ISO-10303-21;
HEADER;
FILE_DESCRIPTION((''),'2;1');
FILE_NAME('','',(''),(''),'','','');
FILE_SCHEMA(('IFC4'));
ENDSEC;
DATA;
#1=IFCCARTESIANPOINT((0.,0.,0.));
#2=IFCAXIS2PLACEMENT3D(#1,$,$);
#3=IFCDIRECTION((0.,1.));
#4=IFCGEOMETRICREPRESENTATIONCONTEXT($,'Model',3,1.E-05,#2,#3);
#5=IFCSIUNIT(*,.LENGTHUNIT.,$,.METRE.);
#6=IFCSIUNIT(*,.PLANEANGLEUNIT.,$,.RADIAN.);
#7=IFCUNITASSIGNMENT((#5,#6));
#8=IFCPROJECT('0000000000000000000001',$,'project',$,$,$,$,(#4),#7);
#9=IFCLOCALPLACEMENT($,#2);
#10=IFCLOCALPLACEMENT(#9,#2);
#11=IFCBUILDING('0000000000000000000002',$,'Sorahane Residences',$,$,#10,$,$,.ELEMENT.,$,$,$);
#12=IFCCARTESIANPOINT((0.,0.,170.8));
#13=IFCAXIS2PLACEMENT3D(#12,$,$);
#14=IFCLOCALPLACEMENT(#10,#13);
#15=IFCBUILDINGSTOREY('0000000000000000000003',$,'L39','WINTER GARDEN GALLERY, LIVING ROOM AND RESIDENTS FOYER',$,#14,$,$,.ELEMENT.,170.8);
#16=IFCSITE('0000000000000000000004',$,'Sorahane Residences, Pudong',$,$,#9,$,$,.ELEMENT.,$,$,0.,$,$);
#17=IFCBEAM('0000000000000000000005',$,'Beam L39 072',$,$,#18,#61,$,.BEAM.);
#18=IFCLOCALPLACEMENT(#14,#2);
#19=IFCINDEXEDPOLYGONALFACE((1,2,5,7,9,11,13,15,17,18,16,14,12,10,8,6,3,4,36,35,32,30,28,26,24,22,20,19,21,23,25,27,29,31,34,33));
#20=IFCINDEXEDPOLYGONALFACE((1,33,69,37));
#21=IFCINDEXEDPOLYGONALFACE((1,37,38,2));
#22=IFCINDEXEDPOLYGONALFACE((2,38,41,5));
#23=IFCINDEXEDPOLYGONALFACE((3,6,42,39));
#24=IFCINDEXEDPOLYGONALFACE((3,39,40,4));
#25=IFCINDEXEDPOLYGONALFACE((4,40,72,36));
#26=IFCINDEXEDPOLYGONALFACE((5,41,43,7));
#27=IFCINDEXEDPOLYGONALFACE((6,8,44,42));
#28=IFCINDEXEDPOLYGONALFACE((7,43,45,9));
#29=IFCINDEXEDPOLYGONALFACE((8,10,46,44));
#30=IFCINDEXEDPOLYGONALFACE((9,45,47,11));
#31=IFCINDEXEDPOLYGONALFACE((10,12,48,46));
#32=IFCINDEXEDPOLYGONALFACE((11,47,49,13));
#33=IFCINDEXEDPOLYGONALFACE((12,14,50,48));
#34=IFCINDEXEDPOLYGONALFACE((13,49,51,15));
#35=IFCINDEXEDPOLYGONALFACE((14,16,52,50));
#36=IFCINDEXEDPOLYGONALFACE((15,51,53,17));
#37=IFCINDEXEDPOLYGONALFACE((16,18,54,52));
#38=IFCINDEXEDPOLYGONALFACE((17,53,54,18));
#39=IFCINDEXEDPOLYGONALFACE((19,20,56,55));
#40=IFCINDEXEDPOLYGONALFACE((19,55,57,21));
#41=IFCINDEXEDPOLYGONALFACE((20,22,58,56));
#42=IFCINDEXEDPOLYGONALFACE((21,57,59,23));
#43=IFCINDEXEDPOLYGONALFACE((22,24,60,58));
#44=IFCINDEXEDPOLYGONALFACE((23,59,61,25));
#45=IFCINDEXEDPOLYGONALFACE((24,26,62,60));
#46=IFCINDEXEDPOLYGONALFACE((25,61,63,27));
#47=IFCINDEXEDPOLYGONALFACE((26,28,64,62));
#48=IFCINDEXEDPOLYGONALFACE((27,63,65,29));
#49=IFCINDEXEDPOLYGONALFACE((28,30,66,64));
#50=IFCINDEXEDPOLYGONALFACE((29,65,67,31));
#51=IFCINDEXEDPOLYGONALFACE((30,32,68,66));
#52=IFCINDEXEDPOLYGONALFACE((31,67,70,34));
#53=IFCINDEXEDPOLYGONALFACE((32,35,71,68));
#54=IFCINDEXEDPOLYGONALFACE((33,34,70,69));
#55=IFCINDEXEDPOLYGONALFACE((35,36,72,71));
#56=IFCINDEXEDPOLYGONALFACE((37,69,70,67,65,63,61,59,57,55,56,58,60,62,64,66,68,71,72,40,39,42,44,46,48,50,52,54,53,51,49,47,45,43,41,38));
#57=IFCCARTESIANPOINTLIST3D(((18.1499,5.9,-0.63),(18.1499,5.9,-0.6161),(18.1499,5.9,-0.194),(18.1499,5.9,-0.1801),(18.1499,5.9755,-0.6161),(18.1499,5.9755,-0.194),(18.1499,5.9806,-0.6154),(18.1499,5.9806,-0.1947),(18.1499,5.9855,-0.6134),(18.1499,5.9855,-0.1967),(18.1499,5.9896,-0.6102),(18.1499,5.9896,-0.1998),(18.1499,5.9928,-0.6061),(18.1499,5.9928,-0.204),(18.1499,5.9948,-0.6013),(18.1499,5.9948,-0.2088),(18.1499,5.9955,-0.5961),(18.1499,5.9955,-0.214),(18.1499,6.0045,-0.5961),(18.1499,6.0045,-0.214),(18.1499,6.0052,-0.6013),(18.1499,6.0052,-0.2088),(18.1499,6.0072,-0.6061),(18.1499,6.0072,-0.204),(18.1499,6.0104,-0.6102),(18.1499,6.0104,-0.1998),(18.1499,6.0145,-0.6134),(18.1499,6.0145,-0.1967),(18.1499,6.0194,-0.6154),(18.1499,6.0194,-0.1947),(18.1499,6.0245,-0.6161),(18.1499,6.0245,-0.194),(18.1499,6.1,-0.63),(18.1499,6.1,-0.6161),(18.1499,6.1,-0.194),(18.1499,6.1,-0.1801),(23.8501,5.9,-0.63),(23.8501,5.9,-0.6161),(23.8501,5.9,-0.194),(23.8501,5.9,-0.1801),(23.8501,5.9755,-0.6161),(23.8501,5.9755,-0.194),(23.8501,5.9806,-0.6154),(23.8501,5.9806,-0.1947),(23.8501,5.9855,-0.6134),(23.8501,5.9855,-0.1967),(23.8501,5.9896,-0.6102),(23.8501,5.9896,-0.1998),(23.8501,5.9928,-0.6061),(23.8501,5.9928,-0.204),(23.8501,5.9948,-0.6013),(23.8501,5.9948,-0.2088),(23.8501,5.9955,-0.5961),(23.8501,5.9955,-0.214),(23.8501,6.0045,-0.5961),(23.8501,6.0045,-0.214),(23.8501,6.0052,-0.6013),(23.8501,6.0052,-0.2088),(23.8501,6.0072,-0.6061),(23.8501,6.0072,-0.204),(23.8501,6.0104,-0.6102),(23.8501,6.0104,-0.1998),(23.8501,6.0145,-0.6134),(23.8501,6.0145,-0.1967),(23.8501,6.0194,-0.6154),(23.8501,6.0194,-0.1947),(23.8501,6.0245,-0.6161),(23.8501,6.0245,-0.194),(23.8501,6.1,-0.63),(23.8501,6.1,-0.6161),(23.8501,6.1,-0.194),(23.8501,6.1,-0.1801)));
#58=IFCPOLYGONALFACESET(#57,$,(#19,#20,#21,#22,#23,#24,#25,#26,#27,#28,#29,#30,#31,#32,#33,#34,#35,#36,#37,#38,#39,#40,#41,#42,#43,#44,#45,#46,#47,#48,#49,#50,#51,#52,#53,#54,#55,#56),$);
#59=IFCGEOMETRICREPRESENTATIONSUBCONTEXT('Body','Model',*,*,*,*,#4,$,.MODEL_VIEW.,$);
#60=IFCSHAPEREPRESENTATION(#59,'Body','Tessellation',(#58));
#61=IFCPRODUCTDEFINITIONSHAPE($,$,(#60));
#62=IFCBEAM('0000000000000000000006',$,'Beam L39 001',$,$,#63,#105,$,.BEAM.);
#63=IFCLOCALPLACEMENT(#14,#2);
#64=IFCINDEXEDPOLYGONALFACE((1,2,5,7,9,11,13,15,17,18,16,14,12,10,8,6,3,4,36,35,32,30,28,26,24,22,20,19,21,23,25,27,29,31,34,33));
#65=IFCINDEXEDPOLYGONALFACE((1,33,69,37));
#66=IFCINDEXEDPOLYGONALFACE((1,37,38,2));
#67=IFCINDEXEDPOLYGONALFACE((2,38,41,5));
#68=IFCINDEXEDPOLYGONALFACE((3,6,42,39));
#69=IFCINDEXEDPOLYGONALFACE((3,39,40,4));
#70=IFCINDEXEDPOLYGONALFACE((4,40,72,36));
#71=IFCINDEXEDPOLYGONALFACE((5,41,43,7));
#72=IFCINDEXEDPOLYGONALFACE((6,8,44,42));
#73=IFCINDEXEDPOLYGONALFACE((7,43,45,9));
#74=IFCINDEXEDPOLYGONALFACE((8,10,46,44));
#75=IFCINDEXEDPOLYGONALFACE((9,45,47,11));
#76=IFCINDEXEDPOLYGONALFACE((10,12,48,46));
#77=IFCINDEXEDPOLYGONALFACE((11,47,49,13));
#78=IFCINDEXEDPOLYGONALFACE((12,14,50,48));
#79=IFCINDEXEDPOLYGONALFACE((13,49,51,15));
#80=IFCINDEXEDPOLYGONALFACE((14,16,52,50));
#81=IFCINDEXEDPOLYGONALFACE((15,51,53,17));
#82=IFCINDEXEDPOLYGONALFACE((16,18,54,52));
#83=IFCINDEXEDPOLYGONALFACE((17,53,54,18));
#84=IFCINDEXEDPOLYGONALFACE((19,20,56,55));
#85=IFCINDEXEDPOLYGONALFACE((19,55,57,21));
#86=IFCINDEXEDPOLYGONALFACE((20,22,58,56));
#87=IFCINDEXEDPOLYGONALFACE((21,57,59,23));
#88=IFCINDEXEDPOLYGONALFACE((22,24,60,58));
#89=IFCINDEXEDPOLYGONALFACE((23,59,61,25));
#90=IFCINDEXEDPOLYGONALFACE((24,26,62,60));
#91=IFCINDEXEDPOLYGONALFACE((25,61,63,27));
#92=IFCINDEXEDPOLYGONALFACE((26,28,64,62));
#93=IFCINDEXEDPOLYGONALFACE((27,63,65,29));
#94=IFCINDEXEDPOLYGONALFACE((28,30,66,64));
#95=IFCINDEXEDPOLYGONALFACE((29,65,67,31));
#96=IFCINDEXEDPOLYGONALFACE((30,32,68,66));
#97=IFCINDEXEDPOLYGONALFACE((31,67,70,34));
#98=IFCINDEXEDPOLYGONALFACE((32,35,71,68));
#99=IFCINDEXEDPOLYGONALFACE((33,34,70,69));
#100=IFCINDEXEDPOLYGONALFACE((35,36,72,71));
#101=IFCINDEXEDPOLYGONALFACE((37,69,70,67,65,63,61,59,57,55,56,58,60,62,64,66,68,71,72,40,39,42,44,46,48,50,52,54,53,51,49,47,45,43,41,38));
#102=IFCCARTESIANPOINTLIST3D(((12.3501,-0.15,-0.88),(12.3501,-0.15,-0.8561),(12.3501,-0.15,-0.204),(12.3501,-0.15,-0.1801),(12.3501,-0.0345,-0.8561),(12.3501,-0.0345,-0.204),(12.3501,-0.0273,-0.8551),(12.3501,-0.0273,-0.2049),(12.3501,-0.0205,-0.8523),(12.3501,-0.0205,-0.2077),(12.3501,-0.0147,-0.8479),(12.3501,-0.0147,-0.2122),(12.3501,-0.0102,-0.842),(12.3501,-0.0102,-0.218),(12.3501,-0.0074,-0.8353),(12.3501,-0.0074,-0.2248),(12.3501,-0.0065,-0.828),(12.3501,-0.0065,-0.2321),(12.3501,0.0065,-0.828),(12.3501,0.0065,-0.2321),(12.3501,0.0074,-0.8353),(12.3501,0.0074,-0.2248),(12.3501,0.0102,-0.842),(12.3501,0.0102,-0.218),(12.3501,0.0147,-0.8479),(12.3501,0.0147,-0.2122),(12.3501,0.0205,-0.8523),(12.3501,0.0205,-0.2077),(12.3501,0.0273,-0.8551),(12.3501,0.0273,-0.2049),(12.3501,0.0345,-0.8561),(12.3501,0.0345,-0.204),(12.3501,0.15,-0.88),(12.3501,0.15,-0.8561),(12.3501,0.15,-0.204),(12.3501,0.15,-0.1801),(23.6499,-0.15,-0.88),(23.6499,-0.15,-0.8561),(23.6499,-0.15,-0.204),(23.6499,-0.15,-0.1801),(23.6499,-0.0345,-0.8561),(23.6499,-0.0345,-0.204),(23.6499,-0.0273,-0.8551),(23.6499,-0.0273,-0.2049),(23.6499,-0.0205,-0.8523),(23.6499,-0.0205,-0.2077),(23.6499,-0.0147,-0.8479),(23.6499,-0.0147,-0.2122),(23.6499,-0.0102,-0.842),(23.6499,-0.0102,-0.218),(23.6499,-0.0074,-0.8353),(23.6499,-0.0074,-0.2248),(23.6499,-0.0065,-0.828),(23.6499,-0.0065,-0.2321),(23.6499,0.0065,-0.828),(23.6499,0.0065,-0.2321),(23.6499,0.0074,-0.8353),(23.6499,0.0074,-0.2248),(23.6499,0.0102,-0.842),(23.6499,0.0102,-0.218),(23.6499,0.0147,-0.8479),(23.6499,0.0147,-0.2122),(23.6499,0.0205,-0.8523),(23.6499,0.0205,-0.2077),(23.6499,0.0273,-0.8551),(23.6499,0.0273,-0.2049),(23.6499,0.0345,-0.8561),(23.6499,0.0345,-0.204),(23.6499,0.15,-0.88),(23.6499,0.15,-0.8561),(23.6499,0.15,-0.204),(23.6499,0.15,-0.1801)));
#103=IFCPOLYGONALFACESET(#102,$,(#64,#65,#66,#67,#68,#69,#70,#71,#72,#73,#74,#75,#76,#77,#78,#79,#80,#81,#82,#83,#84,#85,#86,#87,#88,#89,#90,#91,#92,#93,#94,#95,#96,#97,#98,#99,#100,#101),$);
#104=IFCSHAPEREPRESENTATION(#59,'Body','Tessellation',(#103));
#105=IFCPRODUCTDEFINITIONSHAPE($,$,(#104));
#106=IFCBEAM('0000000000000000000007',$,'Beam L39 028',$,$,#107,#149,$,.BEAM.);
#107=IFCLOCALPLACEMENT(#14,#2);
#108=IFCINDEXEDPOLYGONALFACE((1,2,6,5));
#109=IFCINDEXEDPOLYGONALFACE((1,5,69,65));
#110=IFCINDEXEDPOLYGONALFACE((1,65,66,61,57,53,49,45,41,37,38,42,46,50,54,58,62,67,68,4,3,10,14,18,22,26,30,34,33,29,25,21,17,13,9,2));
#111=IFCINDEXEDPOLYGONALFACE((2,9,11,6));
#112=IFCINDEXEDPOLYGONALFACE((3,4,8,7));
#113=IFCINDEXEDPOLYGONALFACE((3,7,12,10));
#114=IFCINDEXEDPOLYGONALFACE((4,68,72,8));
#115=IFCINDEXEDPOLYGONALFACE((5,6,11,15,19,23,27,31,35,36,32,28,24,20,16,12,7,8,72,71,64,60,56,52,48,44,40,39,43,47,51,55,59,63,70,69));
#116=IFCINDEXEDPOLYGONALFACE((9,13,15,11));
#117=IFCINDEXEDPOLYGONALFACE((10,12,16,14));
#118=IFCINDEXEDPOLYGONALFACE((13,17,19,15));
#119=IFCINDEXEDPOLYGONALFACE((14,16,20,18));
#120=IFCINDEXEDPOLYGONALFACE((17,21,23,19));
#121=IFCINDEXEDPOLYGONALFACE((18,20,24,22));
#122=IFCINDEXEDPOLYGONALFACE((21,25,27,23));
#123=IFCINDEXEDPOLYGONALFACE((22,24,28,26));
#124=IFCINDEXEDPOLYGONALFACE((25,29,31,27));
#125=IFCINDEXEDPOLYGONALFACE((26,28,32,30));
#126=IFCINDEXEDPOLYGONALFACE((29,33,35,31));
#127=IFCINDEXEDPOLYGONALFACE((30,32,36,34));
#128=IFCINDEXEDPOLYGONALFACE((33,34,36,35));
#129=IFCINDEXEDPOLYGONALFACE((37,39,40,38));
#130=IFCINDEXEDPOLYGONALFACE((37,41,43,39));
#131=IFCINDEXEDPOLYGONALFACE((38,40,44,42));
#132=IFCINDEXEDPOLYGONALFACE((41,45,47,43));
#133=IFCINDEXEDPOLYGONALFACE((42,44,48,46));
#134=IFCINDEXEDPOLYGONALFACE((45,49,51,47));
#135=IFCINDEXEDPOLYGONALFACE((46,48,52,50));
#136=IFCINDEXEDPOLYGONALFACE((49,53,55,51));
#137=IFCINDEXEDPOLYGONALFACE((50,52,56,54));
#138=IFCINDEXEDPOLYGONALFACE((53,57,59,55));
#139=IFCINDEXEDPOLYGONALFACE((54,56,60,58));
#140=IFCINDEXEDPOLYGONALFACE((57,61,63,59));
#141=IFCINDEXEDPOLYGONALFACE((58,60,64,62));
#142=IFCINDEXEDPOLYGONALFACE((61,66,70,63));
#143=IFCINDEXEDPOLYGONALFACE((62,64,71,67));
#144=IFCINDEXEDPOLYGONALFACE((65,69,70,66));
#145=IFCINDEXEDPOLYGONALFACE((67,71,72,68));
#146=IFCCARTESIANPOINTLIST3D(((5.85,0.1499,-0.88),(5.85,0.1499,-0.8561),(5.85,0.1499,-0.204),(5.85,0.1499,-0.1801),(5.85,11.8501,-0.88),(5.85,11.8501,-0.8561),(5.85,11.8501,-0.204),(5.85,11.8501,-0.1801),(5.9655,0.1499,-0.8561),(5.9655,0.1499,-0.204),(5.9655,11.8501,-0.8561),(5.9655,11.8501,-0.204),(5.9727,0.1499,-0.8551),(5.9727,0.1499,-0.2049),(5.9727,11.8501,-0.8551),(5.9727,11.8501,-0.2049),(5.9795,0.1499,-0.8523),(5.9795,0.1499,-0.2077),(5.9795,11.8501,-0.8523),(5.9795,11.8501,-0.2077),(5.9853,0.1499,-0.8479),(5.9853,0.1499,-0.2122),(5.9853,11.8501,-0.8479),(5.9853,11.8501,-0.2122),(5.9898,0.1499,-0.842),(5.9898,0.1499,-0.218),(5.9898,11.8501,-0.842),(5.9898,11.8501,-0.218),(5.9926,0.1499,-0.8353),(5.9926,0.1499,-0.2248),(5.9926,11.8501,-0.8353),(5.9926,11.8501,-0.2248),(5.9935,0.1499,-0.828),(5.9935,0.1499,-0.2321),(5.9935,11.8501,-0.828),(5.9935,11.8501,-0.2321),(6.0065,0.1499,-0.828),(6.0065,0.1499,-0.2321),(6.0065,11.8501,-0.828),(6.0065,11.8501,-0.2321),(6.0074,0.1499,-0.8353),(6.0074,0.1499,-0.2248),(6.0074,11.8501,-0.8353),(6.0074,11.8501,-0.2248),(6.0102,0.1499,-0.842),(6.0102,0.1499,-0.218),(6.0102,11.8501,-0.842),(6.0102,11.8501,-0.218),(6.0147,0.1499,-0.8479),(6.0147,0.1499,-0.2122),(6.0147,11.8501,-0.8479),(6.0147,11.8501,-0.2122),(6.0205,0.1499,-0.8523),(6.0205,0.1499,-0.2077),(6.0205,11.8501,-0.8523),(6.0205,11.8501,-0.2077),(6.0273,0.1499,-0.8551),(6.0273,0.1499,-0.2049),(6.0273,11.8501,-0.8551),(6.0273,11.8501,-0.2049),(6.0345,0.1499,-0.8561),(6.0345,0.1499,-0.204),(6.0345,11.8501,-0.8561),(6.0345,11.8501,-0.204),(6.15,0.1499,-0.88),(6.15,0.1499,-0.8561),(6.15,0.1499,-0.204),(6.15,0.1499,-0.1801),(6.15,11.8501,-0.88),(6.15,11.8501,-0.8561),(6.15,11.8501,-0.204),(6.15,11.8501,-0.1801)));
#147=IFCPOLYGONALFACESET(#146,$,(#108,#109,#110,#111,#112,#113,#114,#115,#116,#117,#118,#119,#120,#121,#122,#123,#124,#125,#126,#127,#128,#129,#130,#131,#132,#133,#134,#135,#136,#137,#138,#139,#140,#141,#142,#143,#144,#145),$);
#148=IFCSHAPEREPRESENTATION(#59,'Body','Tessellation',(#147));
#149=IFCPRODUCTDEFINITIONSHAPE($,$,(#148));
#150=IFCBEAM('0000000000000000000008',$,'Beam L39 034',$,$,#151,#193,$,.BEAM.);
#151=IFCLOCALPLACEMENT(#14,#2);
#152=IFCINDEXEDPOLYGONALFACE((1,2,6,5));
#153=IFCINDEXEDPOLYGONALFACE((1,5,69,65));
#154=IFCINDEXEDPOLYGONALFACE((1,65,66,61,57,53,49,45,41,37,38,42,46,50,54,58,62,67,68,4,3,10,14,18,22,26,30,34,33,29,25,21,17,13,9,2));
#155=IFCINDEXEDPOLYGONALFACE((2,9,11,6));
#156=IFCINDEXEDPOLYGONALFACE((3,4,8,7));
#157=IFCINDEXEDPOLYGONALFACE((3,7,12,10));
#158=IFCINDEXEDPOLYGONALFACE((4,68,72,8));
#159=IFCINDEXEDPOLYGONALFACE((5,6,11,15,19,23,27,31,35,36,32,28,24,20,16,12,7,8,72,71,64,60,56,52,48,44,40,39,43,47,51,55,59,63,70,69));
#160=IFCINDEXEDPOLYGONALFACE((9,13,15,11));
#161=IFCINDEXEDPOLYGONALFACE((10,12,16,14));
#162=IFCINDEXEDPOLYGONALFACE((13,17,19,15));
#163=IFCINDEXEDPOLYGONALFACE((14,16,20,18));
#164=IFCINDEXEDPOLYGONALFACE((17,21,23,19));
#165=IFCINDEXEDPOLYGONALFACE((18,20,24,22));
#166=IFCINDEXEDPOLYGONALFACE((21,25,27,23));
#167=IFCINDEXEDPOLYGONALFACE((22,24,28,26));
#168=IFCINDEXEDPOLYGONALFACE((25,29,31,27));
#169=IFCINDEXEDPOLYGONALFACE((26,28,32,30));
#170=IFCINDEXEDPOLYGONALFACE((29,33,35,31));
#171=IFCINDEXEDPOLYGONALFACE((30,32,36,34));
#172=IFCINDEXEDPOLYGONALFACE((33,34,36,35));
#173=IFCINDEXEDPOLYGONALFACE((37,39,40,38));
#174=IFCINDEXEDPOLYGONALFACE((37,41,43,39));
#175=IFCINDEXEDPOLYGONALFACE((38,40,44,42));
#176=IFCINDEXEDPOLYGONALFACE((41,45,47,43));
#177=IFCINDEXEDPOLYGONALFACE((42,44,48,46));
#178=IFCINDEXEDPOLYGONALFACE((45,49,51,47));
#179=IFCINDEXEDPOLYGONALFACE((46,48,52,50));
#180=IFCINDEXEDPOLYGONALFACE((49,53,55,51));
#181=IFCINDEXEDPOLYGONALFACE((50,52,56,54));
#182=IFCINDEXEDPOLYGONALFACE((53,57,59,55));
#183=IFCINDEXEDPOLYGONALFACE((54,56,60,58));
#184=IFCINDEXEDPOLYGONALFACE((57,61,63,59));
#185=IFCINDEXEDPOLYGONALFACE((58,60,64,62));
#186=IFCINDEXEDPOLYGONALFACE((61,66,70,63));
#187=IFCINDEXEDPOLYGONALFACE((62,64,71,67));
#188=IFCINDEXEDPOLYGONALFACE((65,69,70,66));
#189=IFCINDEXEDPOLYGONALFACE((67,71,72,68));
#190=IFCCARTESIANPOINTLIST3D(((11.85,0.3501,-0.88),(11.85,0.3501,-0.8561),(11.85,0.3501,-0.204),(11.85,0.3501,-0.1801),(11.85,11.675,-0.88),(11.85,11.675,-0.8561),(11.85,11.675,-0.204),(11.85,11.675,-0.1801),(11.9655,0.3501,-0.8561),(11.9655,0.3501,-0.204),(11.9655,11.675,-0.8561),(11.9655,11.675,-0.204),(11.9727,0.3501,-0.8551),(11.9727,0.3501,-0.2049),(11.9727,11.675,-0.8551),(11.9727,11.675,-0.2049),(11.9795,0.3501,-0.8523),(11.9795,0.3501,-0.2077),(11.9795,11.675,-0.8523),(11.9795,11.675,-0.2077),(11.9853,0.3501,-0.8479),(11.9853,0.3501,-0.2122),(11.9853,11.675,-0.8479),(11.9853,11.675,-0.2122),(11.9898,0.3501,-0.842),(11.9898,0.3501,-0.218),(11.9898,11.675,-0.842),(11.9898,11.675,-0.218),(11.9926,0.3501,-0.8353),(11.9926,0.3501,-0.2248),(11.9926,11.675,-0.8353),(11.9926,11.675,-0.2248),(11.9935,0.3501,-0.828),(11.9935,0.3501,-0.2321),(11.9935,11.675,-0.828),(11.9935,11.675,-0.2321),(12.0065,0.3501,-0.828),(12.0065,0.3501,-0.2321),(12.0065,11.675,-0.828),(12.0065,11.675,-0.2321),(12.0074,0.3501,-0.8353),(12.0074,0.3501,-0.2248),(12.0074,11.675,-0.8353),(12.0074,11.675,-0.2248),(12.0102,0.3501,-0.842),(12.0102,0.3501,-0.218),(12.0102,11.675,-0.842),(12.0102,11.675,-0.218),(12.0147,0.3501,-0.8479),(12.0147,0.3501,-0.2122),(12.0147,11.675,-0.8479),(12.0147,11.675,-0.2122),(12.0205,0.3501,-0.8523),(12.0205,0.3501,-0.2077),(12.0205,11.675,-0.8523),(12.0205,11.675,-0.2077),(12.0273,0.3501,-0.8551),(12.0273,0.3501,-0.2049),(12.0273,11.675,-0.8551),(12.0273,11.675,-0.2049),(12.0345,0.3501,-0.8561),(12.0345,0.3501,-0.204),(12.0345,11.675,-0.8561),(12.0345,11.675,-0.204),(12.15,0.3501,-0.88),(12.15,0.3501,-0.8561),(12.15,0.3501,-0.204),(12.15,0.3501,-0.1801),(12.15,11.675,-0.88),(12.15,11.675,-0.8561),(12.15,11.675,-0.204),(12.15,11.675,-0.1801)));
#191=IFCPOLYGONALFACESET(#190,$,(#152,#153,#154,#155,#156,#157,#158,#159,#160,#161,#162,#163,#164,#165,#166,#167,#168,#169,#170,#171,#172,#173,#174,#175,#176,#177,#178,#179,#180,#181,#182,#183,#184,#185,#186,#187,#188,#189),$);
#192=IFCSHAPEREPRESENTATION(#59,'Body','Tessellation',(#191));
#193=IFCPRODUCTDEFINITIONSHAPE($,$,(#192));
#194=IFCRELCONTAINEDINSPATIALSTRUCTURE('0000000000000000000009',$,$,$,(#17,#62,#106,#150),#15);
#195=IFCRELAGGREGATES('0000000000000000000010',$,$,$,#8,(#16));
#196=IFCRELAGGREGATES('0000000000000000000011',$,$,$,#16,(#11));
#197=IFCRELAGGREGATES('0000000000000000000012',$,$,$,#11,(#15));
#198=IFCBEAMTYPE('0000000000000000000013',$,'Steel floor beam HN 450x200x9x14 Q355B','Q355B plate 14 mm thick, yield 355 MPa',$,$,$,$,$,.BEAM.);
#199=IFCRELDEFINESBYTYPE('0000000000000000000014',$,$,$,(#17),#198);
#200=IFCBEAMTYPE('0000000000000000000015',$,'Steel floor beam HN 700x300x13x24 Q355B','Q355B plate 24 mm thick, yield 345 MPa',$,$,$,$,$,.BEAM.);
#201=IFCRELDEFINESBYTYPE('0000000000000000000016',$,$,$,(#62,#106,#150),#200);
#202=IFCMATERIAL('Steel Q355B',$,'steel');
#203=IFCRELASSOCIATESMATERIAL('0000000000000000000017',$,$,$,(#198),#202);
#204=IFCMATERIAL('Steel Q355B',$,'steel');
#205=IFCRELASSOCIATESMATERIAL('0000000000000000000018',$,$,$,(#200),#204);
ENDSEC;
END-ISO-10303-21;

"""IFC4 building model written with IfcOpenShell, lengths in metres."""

from ifc_helpers import new_model, si_unit, direction, frame, origin, origin_2d, place, context, subcontext, project, spatial, i_section, extrude, material, material_profile, profile_set, type_object, element, save


model = new_model("IFC4")

# Units and contexts
model_context = context("Model", 3, precision=1e-05, world=origin(), true_north=direction((0.0, 1.0)))
body_context = subcontext(model_context, "Body", "Model", "MODEL_VIEW")
ifc_project = project(units=[si_unit("LENGTHUNIT", "METRE"), si_unit("PLANEANGLEUNIT", "RADIAN")], contexts=[model_context])

# Site, building, storey
site_placement = place(None, origin())
site = spatial("IfcSite", under=ifc_project, at=site_placement, Name="Sorahane Residences, Pudong", CompositionType="ELEMENT", RefElevation=0.0)
building_placement = place(site_placement, origin())
building = spatial("IfcBuilding", under=site, at=building_placement, Name="Sorahane Residences", CompositionType="ELEMENT")
storey_placement = place(building_placement, frame((0.0, 0.0, 170.8)))
storey = spatial("IfcBuildingStorey", under=building, at=storey_placement, Name="L39", Description="WINTER GARDEN GALLERY, LIVING ROOM AND RESIDENTS FOYER", CompositionType="ELEMENT", Elevation=170.8)

# Beams
ifc_material_1 = material(Name="Steel Q355B", Category="steel")
ifc_material_profile_1 = material_profile(ifc_material_1, i_section(OverallWidth=0.2, OverallDepth=0.45, WebThickness=0.009, FlangeThickness=0.0139, FilletRadius=0.02, at=origin_2d()), Name="HN 450x200x9x14")
ifc_profile_set_1 = profile_set([ifc_material_profile_1], Name="Steel Q355B")
beam_type_1 = type_object("IfcBeamType", Name="Steel floor beam HN 450x200x9x14 Q355B", Description="Q355B plate 14 mm thick, yield 355 MPa", PredefinedType="BEAM", material=ifc_profile_set_1)
for number, where, z_axis, x_axis, name in (
    (1, (18.1499, 6.0, -0.405), (1.0, 0.0, 0.0), (0.0, 1.0, 0.0), "Beam L39 072"),
):
    element("IfcBeam", number, at=place(storey_placement, frame(where, z_axis=z_axis, x_axis=x_axis)), inside=storey, type_object=beam_type_1, Name=name, PredefinedType="BEAM", context=body_context, shape_type="SweptSolid", body=[
        extrude(i_section(OverallWidth=0.2, OverallDepth=0.45, WebThickness=0.009, FlangeThickness=0.0139, FilletRadius=0.02, at=origin_2d()), origin(), (0.0, 0.0, 1.0), 5.7002),
    ])
ifc_material_2 = material(Name="Steel Q355B", Category="steel")
ifc_material_profile_2 = material_profile(ifc_material_2, i_section(OverallWidth=0.3, OverallDepth=0.7, WebThickness=0.0129, FlangeThickness=0.0239, FilletRadius=0.0281, at=origin_2d()), Name="HN 700x300x13x24")
ifc_profile_set_2 = profile_set([ifc_material_profile_2], Name="Steel Q355B")
beam_type_2 = type_object("IfcBeamType", Name="Steel floor beam HN 700x300x13x24 Q355B", Description="Q355B plate 24 mm thick, yield 345 MPa", PredefinedType="BEAM", material=ifc_profile_set_2)
beam_1_placement = place(storey_placement, frame((12.3501, 0.0, -0.53), z_axis=(1.0, 0.0, 0.0), x_axis=(0.0, 1.0, 0.0)))
element("IfcBeam", 2, at=beam_1_placement, inside=storey, type_object=beam_type_2, Name="Beam L39 001", PredefinedType="BEAM", context=body_context, shape_type="SweptSolid", body=[
    extrude(i_section(OverallWidth=0.3, OverallDepth=0.7, WebThickness=0.0129, FlangeThickness=0.0239, FilletRadius=0.0281, at=origin_2d()), origin(), (0.0, 0.0, 1.0), 11.2998),
])
beam_2_placement = place(storey_placement, frame((6.0, 0.1499, -0.53), z_axis=(0.0, 1.0, 0.0), x_axis=(-1.0, 0.0, 0.0)))
element("IfcBeam", 3, at=beam_2_placement, inside=storey, type_object=beam_type_2, Name="Beam L39 028", PredefinedType="BEAM", context=body_context, shape_type="SweptSolid", body=[
    extrude(i_section(OverallWidth=0.3, OverallDepth=0.7, WebThickness=0.0129, FlangeThickness=0.0239, FilletRadius=0.0281, at=origin_2d()), origin(), (0.0, 0.0, 1.0), 11.7002),
])
beam_3_placement = place(storey_placement, frame((12.0, 0.3501, -0.53), z_axis=(0.0, 1.0, 0.0), x_axis=(-1.0, 0.0, 0.0)))
element("IfcBeam", 4, at=beam_3_placement, inside=storey, type_object=beam_type_2, Name="Beam L39 034", PredefinedType="BEAM", context=body_context, shape_type="SweptSolid", body=[
    extrude(i_section(OverallWidth=0.3, OverallDepth=0.7, WebThickness=0.0129, FlangeThickness=0.0239, FilletRadius=0.0281, at=origin_2d()), origin(), (0.0, 0.0, 1.0), 11.325),
])

save(model, "model.ifc")
